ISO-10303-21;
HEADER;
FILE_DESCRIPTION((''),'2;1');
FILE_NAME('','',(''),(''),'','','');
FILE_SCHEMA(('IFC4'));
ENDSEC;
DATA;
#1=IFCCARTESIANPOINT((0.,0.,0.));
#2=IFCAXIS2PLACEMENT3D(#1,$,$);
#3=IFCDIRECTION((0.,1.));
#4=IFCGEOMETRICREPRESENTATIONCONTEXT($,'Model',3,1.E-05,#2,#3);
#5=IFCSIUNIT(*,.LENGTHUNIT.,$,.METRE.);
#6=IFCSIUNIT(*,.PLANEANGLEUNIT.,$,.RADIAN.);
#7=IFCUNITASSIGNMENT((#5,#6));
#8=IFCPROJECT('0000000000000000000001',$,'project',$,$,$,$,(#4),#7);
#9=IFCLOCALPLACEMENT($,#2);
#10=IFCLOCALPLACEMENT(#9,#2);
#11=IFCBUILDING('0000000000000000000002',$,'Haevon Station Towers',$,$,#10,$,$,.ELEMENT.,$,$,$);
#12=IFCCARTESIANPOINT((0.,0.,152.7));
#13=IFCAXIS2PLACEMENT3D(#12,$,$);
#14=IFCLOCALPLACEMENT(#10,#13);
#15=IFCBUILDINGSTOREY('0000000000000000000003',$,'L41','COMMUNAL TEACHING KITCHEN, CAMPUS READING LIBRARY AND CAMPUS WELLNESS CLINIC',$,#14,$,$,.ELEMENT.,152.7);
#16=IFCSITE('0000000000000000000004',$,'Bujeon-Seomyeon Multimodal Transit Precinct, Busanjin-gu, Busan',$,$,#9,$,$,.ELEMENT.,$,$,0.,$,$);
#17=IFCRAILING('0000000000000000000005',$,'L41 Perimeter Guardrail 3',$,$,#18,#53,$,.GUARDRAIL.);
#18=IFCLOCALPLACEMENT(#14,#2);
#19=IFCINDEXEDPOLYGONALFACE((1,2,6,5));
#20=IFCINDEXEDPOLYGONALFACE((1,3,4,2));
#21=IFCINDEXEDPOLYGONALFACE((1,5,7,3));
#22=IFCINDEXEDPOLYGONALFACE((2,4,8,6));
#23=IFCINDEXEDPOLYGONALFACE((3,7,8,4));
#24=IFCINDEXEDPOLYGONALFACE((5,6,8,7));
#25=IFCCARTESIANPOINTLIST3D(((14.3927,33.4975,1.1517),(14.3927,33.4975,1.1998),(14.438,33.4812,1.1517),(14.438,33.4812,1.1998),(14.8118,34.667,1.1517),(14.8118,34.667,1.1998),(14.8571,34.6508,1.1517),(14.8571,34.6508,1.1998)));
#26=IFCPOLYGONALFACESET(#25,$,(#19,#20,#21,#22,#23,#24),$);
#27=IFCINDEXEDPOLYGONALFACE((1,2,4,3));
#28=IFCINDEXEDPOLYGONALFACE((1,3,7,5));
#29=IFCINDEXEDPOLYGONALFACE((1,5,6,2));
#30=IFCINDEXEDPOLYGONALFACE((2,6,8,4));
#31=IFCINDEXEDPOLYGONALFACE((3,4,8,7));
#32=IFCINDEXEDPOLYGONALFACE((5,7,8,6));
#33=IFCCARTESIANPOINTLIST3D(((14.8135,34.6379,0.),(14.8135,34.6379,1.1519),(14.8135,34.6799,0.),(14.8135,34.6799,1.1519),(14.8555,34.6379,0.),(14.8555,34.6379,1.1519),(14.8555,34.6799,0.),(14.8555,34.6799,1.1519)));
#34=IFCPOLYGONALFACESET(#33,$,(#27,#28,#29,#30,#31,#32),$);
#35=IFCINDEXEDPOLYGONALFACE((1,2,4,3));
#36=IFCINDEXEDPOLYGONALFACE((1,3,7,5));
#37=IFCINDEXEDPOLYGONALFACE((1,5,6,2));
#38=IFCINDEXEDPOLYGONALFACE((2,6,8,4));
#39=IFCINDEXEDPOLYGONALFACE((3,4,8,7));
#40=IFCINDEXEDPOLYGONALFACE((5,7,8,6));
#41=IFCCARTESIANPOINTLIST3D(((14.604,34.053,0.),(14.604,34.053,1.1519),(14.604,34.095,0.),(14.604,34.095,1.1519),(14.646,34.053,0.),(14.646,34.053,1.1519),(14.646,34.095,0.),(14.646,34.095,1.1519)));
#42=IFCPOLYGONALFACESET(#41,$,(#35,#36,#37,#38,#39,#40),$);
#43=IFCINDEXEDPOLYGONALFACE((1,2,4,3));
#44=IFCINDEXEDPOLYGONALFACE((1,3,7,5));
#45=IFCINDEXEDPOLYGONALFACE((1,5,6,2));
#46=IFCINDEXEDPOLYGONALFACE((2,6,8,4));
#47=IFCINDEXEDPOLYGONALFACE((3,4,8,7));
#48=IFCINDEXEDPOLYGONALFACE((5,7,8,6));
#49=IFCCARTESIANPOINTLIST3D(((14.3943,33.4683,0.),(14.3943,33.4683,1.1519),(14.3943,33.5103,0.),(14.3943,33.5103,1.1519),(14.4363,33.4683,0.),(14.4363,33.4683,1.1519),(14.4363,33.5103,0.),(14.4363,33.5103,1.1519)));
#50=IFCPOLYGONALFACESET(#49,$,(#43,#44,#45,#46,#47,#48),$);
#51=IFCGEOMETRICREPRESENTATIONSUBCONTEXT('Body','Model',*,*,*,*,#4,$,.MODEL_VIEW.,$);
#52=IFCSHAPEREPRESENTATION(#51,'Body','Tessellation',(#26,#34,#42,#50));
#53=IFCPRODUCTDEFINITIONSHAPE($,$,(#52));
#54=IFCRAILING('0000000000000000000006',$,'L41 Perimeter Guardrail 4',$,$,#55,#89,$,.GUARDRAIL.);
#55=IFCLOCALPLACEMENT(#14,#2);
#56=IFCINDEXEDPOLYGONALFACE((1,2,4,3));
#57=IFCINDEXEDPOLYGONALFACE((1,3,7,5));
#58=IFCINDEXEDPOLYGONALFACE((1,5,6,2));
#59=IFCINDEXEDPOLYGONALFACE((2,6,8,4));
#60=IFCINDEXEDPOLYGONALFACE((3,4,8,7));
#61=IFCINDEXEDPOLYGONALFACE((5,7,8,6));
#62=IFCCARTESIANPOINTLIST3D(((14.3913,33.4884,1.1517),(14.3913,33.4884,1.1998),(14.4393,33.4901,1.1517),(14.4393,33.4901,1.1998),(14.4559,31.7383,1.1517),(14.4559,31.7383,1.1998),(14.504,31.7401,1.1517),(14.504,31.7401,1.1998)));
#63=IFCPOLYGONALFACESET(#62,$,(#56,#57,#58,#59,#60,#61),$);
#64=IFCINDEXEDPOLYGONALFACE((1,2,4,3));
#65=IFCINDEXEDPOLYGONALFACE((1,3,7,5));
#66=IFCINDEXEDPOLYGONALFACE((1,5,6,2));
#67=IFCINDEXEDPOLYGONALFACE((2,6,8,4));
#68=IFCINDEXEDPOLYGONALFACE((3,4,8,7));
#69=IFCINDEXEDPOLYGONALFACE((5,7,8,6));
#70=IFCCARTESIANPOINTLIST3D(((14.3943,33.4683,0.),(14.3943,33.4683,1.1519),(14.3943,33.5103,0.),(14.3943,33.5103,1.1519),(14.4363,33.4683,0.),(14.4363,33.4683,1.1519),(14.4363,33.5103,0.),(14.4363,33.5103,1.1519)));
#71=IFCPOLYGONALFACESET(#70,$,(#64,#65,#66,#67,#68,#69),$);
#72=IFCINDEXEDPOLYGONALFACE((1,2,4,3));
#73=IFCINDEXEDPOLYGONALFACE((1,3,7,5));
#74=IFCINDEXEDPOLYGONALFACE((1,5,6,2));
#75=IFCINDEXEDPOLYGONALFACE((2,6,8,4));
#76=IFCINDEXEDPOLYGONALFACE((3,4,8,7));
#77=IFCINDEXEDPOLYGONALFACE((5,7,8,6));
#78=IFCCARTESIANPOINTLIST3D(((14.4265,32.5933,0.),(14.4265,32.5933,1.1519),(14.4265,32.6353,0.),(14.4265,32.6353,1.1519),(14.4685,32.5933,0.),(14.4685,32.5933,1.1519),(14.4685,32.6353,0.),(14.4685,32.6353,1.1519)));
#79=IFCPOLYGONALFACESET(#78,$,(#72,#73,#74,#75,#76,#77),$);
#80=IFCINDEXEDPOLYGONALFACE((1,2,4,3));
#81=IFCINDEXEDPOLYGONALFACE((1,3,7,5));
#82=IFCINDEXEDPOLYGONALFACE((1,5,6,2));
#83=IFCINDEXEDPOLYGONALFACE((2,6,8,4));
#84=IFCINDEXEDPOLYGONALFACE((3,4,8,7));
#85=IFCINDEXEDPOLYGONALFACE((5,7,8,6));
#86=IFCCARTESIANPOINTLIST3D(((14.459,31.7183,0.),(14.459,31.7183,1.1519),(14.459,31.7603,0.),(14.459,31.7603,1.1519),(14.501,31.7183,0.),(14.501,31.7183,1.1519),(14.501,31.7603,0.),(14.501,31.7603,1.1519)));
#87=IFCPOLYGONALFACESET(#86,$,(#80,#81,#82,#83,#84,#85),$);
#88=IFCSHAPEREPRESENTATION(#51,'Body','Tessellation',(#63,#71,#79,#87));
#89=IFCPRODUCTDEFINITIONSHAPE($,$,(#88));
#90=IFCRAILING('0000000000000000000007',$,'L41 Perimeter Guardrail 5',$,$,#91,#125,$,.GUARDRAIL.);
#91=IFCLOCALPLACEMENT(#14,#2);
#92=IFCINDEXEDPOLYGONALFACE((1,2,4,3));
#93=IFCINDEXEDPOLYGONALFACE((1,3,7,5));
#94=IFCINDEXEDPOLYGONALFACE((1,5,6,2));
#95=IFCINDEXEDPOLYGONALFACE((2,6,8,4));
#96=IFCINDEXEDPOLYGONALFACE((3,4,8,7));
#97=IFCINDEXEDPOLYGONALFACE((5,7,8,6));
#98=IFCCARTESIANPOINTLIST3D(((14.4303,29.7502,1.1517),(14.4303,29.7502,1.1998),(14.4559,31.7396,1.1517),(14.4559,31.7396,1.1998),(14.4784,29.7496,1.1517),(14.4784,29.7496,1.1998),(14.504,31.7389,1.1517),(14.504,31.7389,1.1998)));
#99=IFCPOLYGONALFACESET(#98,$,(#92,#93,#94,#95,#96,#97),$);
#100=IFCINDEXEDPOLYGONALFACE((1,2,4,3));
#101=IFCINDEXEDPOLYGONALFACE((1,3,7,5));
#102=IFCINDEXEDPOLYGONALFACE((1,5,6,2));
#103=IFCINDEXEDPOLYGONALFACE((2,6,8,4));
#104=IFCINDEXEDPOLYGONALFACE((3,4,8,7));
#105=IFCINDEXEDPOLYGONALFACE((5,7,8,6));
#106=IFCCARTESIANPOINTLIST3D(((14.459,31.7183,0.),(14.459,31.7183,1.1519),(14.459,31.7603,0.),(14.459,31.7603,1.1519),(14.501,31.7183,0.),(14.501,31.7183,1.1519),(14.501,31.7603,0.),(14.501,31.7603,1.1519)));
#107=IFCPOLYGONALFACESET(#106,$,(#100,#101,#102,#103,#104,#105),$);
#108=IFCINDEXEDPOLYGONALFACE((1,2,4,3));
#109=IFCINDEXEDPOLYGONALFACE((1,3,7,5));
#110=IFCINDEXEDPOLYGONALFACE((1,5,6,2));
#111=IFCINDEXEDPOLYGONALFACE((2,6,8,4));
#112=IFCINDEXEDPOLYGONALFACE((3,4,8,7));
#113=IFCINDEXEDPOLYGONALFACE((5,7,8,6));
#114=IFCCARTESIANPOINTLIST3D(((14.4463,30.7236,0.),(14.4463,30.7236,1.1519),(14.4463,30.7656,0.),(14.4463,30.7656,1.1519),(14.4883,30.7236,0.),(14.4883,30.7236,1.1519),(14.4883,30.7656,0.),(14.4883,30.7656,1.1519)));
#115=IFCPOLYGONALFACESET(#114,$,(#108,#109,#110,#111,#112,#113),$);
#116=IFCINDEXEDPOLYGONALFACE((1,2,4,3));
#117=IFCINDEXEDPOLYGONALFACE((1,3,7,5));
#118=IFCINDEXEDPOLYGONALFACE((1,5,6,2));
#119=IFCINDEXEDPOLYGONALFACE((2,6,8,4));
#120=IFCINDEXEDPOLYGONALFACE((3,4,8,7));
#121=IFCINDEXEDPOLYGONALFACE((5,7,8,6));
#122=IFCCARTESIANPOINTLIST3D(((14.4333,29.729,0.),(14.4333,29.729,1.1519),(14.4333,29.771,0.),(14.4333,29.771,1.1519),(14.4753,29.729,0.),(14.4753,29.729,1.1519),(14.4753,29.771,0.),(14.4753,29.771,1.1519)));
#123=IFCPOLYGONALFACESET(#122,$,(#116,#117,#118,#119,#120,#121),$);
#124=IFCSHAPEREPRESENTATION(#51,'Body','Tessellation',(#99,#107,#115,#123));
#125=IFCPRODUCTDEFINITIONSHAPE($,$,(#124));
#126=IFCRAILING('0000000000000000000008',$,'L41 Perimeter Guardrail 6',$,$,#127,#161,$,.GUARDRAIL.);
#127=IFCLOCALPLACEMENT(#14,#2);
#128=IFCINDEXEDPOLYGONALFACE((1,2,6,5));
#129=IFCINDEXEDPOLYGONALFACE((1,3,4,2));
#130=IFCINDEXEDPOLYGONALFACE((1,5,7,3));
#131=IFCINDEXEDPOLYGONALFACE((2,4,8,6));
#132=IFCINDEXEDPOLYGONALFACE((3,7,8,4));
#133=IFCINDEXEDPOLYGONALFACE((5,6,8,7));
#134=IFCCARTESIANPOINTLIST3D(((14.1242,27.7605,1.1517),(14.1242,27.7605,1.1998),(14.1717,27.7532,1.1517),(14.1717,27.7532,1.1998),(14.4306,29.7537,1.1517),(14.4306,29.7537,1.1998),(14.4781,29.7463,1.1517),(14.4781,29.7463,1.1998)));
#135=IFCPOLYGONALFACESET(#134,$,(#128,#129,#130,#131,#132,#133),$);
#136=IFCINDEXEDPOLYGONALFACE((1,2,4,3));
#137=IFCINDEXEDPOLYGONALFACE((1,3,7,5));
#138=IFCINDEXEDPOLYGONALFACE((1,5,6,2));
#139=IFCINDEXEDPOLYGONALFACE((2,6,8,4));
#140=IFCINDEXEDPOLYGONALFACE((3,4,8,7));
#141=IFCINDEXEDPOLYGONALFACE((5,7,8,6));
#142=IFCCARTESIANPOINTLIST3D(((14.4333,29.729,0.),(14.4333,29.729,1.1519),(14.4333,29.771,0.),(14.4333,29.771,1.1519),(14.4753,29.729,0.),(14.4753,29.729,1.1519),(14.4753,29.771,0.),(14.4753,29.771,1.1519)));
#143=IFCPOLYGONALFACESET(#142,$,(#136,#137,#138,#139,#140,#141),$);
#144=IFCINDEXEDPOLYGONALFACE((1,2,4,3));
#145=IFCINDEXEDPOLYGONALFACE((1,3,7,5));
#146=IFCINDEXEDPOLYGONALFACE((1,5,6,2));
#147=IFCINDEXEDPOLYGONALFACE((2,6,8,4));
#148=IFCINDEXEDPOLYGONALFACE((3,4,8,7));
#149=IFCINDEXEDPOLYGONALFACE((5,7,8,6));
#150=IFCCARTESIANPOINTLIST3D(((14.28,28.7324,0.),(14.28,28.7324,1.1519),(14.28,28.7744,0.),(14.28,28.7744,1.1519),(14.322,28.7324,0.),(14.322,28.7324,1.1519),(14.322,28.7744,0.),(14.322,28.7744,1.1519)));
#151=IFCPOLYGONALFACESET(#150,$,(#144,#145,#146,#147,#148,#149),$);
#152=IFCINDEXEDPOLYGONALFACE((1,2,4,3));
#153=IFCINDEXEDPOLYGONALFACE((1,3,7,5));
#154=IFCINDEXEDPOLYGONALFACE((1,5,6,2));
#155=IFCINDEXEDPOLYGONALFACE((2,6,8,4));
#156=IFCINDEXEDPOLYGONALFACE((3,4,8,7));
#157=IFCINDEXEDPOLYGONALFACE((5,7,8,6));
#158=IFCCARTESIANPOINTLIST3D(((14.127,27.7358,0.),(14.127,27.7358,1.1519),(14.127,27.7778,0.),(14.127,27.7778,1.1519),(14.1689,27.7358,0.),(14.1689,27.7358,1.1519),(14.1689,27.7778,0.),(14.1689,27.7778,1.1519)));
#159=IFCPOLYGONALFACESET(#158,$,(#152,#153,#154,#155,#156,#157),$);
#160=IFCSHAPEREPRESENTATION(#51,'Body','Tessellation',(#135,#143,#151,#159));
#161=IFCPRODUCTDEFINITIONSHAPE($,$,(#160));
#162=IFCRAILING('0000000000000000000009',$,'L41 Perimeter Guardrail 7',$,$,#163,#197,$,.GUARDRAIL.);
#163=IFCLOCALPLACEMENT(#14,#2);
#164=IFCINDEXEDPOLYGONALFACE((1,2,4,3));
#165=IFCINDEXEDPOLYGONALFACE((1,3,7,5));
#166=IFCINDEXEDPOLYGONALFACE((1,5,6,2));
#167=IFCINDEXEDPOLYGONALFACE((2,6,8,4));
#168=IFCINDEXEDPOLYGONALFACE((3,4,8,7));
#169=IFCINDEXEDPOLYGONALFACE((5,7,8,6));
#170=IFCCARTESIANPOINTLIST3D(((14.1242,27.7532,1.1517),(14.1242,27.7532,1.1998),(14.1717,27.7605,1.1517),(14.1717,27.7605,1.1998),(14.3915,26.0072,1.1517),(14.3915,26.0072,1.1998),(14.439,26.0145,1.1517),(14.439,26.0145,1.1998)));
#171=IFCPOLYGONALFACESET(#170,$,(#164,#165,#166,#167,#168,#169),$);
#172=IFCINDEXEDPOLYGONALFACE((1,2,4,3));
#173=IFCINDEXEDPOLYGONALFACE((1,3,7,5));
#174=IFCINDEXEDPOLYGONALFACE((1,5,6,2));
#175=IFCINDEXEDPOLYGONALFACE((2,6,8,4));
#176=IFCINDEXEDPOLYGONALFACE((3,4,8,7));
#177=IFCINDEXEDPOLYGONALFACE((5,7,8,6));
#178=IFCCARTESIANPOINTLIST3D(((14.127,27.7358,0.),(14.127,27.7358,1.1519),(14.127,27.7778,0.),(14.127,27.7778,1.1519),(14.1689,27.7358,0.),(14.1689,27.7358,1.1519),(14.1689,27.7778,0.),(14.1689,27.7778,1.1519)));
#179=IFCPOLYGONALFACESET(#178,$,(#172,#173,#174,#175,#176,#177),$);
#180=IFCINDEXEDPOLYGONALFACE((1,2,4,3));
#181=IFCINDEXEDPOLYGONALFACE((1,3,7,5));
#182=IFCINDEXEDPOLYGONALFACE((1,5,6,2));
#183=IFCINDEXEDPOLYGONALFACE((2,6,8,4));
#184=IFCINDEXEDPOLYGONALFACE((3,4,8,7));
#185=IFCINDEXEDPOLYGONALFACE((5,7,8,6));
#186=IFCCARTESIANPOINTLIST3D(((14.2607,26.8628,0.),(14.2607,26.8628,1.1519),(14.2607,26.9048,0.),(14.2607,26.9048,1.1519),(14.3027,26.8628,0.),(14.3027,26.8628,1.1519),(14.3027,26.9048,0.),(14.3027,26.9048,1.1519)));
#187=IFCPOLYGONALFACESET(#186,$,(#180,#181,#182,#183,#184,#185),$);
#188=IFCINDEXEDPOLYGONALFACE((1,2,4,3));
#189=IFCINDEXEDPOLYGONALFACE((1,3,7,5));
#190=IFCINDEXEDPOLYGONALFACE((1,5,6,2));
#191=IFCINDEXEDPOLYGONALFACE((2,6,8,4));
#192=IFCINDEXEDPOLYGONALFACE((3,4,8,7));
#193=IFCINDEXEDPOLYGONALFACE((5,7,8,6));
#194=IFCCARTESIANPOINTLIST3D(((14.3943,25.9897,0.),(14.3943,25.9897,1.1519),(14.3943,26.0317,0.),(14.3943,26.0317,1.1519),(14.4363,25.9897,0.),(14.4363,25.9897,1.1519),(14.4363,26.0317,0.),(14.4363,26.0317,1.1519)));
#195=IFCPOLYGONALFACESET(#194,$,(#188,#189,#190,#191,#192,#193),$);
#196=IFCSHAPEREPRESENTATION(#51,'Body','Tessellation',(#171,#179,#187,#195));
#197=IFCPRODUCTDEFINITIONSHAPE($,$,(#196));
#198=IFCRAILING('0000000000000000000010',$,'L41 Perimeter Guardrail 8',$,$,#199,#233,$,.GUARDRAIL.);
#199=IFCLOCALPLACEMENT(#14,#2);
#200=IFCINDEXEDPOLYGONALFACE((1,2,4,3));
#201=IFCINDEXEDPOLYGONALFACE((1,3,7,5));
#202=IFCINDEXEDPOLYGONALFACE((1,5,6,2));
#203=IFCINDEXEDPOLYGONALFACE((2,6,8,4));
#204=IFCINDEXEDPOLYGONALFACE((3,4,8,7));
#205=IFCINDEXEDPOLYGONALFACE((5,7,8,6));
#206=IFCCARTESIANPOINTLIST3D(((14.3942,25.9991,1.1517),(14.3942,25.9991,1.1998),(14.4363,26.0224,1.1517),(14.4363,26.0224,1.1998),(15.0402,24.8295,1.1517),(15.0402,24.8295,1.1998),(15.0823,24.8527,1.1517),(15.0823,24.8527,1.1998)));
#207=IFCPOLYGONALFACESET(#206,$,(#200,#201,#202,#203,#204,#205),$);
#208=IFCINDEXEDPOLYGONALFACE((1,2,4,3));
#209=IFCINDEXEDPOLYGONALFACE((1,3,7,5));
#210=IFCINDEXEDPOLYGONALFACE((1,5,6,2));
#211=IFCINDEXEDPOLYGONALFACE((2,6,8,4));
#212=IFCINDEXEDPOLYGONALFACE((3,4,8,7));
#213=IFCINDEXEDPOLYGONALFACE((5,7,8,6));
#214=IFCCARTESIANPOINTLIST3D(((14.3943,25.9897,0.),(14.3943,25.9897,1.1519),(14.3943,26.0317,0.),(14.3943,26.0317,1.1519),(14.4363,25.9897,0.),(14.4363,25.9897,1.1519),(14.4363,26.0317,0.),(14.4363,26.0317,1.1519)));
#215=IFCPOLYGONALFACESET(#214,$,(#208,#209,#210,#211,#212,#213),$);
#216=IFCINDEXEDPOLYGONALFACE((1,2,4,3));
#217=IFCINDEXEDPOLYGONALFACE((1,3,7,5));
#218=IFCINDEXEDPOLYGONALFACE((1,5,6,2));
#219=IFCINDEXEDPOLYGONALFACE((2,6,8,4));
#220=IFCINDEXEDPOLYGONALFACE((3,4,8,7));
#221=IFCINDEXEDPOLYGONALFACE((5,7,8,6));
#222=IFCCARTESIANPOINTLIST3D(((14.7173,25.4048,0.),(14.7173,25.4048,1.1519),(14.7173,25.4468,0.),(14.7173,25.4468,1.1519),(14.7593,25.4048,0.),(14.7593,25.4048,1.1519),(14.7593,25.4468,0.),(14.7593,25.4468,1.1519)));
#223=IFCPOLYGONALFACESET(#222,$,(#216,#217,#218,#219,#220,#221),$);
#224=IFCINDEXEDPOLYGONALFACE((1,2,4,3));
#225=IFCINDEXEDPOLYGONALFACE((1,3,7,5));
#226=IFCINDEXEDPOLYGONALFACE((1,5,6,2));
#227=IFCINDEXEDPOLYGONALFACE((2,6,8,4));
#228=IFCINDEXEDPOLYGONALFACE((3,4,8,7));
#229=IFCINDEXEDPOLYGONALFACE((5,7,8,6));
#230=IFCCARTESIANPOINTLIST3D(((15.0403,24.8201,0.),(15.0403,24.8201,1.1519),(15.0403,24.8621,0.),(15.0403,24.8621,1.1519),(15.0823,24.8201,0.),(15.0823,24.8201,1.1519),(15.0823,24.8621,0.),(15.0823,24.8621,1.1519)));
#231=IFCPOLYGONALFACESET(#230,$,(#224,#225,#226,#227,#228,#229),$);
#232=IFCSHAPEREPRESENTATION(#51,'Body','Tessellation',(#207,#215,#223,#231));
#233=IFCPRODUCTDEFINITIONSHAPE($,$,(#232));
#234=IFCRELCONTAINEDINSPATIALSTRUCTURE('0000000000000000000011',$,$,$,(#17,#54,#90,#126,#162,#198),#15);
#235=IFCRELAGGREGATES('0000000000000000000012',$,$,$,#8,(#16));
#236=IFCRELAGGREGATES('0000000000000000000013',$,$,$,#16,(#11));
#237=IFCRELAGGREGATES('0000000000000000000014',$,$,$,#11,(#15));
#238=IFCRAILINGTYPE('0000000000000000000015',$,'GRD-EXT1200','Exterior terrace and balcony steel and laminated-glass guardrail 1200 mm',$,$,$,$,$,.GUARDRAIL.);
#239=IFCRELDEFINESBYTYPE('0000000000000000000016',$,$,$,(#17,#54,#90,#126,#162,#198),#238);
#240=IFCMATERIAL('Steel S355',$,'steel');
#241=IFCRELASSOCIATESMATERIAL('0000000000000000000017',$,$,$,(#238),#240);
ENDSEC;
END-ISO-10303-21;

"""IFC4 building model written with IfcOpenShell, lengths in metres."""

from ifc_helpers import new_model, si_unit, direction, frame, origin, origin_2d, place, context, subcontext, project, spatial, rectangle, extrude, material, type_object, element, save


model = new_model("IFC4")

# Units and contexts
model_context = context("Model", 3, precision=1e-05, world=origin(), true_north=direction((0.0, 1.0)))
body_context = subcontext(model_context, "Body", "Model", "MODEL_VIEW")
ifc_project = project(units=[si_unit("LENGTHUNIT", "METRE"), si_unit("PLANEANGLEUNIT", "RADIAN")], contexts=[model_context])

# Site, building, storey
site_placement = place(None, origin())
site = spatial("IfcSite", under=ifc_project, at=site_placement, Name="Bujeon-Seomyeon Multimodal Transit Precinct, Busanjin-gu, Busan", CompositionType="ELEMENT", RefElevation=0.0)
building_placement = place(site_placement, origin())
building = spatial("IfcBuilding", under=site, at=building_placement, Name="Haevon Station Towers", CompositionType="ELEMENT")
storey_placement = place(building_placement, frame((0.0, 0.0, 152.7)))
storey = spatial("IfcBuildingStorey", under=building, at=storey_placement, Name="L41", Description="COMMUNAL TEACHING KITCHEN, CAMPUS READING LIBRARY AND CAMPUS WELLNESS CLINIC", CompositionType="ELEMENT", Elevation=152.7)

# Shared definitions
ifc_material_1 = material(Name="Steel S355", Category="steel")

# Railings
railing_type = type_object("IfcRailingType", Name="GRD-EXT1200", Description="Exterior terrace and balcony steel and laminated-glass guardrail 1200 mm", PredefinedType="GUARDRAIL", material=ifc_material_1)
railing_1_placement = place(storey_placement, frame((14.8345, 34.6589, 0.0)))
element("IfcRailing", 1, at=railing_1_placement, inside=storey, type_object=railing_type, Name="L41 Perimeter Guardrail 3", PredefinedType="GUARDRAIL", context=body_context, shape_type="SweptSolid", body=[
    extrude(rectangle(XDim=0.0481, YDim=0.0481, at=origin_2d()), frame((0.0, 0.0, 1.1758), z_axis=(-0.337369, -0.941372, 0.0), x_axis=(0.941372, -0.337369, 0.0)), (0.0, 0.0, 1.0), 1.2424),
    extrude(rectangle(XDim=0.042, YDim=0.042, at=origin_2d()), origin(), (0.0, 0.0, 1.0), 1.1519),
    extrude(rectangle(XDim=0.042, YDim=0.042, at=origin_2d()), frame((-0.2095, -0.585, 0.0)), (0.0, 0.0, 1.0), 1.1519),
    extrude(rectangle(XDim=0.042, YDim=0.042, at=origin_2d()), frame((-0.4192, -1.1697, 0.0)), (0.0, 0.0, 1.0), 1.1519),
])
railing_2_placement = place(storey_placement, frame((14.4153, 33.4893, 0.0)))
element("IfcRailing", 2, at=railing_2_placement, inside=storey, type_object=railing_type, Name="L41 Perimeter Guardrail 4", PredefinedType="GUARDRAIL", context=body_context, shape_type="SweptSolid", body=[
    extrude(rectangle(XDim=0.0481, YDim=0.0481, at=origin_2d()), frame((0.0, 0.0, 1.1758), z_axis=(0.036945, -0.999317, 0.0), x_axis=(0.999317, 0.036945, 0.0)), (0.0, 0.0, 1.0), 1.7512),
    extrude(rectangle(XDim=0.042, YDim=0.042, at=origin_2d()), origin(), (0.0, 0.0, 1.0), 1.1519),
    extrude(rectangle(XDim=0.042, YDim=0.042, at=origin_2d()), frame((0.0322, -0.875, 0.0)), (0.0, 0.0, 1.0), 1.1519),
    extrude(rectangle(XDim=0.042, YDim=0.042, at=origin_2d()), frame((0.0647, -1.75, 0.0)), (0.0, 0.0, 1.0), 1.1519),
])
railing_3_placement = place(storey_placement, frame((14.48, 31.7393, 0.0)))
element("IfcRailing", 3, at=railing_3_placement, inside=storey, type_object=railing_type, Name="L41 Perimeter Guardrail 5", PredefinedType="GUARDRAIL", context=body_context, shape_type="SweptSolid", body=[
    extrude(rectangle(XDim=0.0481, YDim=0.0481, at=origin_2d()), frame((0.0, 0.0, 1.1758), z_axis=(-0.012886, -0.999917, 0.0), x_axis=(0.999917, -0.012886, 0.0)), (0.0, 0.0, 1.0), 1.9895),
    extrude(rectangle(XDim=0.042, YDim=0.042, at=origin_2d()), origin(), (0.0, 0.0, 1.0), 1.1519),
    extrude(rectangle(XDim=0.042, YDim=0.042, at=origin_2d()), frame((-0.0127, -0.9946, 0.0)), (0.0, 0.0, 1.0), 1.1519),
    extrude(rectangle(XDim=0.042, YDim=0.042, at=origin_2d()), frame((-0.0256, -1.9893, 0.0)), (0.0, 0.0, 1.0), 1.1519),
])
railing_4_placement = place(storey_placement, frame((14.4543, 29.75, 0.0)))
element("IfcRailing", 4, at=railing_4_placement, inside=storey, type_object=railing_type, Name="L41 Perimeter Guardrail 6", PredefinedType="GUARDRAIL", context=body_context, shape_type="SweptSolid", body=[
    extrude(rectangle(XDim=0.0481, YDim=0.0481, at=origin_2d()), frame((0.0, 0.0, 1.1758), z_axis=(-0.151939, -0.98839, 0.0), x_axis=(0.98839, -0.151939, 0.0)), (0.0, 0.0, 1.0), 2.0166),
    extrude(rectangle(XDim=0.042, YDim=0.042, at=origin_2d()), origin(), (0.0, 0.0, 1.0), 1.1519),
    extrude(rectangle(XDim=0.042, YDim=0.042, at=origin_2d()), frame((-0.1533, -0.9966, 0.0)), (0.0, 0.0, 1.0), 1.1519),
    extrude(rectangle(XDim=0.042, YDim=0.042, at=origin_2d()), frame((-0.3064, -1.9932, 0.0)), (0.0, 0.0, 1.0), 1.1519),
])
railing_5_placement = place(storey_placement, frame((14.1479, 27.7568, 0.0)))
element("IfcRailing", 5, at=railing_5_placement, inside=storey, type_object=railing_type, Name="L41 Perimeter Guardrail 7", PredefinedType="GUARDRAIL", context=body_context, shape_type="SweptSolid", body=[
    extrude(rectangle(XDim=0.0481, YDim=0.0481, at=origin_2d()), frame((0.0, 0.0, 1.1758), z_axis=(0.151341, -0.988482, 0.0), x_axis=(0.988482, 0.151341, 0.0)), (0.0, 0.0, 1.0), 1.7664),
    extrude(rectangle(XDim=0.042, YDim=0.042, at=origin_2d()), origin(), (0.0, 0.0, 1.0), 1.1519),
    extrude(rectangle(XDim=0.042, YDim=0.042, at=origin_2d()), frame((0.1338, -0.873, 0.0)), (0.0, 0.0, 1.0), 1.1519),
    extrude(rectangle(XDim=0.042, YDim=0.042, at=origin_2d()), frame((0.2673, -1.7461, 0.0)), (0.0, 0.0, 1.0), 1.1519),
])
railing_6_placement = place(storey_placement, frame((14.4153, 26.0107, 0.0)))
element("IfcRailing", 6, at=railing_6_placement, inside=storey, type_object=railing_type, Name="L41 Perimeter Guardrail 8", PredefinedType="GUARDRAIL", context=body_context, shape_type="SweptSolid", body=[
    extrude(rectangle(XDim=0.0481, YDim=0.0481, at=origin_2d()), frame((0.0, 0.0, 1.1758), z_axis=(0.483454, -0.87537, 0.0), x_axis=(0.87537, 0.483454, 0.0)), (0.0, 0.0, 1.0), 1.3362),
    extrude(rectangle(XDim=0.042, YDim=0.042, at=origin_2d()), origin(), (0.0, 0.0, 1.0), 1.1519),
    extrude(rectangle(XDim=0.042, YDim=0.042, at=origin_2d()), frame((0.323, -0.585, 0.0)), (0.0, 0.0, 1.0), 1.1519),
    extrude(rectangle(XDim=0.042, YDim=0.042, at=origin_2d()), frame((0.646, -1.1697, 0.0)), (0.0, 0.0, 1.0), 1.1519),
])

save(model, "model.ifc")
